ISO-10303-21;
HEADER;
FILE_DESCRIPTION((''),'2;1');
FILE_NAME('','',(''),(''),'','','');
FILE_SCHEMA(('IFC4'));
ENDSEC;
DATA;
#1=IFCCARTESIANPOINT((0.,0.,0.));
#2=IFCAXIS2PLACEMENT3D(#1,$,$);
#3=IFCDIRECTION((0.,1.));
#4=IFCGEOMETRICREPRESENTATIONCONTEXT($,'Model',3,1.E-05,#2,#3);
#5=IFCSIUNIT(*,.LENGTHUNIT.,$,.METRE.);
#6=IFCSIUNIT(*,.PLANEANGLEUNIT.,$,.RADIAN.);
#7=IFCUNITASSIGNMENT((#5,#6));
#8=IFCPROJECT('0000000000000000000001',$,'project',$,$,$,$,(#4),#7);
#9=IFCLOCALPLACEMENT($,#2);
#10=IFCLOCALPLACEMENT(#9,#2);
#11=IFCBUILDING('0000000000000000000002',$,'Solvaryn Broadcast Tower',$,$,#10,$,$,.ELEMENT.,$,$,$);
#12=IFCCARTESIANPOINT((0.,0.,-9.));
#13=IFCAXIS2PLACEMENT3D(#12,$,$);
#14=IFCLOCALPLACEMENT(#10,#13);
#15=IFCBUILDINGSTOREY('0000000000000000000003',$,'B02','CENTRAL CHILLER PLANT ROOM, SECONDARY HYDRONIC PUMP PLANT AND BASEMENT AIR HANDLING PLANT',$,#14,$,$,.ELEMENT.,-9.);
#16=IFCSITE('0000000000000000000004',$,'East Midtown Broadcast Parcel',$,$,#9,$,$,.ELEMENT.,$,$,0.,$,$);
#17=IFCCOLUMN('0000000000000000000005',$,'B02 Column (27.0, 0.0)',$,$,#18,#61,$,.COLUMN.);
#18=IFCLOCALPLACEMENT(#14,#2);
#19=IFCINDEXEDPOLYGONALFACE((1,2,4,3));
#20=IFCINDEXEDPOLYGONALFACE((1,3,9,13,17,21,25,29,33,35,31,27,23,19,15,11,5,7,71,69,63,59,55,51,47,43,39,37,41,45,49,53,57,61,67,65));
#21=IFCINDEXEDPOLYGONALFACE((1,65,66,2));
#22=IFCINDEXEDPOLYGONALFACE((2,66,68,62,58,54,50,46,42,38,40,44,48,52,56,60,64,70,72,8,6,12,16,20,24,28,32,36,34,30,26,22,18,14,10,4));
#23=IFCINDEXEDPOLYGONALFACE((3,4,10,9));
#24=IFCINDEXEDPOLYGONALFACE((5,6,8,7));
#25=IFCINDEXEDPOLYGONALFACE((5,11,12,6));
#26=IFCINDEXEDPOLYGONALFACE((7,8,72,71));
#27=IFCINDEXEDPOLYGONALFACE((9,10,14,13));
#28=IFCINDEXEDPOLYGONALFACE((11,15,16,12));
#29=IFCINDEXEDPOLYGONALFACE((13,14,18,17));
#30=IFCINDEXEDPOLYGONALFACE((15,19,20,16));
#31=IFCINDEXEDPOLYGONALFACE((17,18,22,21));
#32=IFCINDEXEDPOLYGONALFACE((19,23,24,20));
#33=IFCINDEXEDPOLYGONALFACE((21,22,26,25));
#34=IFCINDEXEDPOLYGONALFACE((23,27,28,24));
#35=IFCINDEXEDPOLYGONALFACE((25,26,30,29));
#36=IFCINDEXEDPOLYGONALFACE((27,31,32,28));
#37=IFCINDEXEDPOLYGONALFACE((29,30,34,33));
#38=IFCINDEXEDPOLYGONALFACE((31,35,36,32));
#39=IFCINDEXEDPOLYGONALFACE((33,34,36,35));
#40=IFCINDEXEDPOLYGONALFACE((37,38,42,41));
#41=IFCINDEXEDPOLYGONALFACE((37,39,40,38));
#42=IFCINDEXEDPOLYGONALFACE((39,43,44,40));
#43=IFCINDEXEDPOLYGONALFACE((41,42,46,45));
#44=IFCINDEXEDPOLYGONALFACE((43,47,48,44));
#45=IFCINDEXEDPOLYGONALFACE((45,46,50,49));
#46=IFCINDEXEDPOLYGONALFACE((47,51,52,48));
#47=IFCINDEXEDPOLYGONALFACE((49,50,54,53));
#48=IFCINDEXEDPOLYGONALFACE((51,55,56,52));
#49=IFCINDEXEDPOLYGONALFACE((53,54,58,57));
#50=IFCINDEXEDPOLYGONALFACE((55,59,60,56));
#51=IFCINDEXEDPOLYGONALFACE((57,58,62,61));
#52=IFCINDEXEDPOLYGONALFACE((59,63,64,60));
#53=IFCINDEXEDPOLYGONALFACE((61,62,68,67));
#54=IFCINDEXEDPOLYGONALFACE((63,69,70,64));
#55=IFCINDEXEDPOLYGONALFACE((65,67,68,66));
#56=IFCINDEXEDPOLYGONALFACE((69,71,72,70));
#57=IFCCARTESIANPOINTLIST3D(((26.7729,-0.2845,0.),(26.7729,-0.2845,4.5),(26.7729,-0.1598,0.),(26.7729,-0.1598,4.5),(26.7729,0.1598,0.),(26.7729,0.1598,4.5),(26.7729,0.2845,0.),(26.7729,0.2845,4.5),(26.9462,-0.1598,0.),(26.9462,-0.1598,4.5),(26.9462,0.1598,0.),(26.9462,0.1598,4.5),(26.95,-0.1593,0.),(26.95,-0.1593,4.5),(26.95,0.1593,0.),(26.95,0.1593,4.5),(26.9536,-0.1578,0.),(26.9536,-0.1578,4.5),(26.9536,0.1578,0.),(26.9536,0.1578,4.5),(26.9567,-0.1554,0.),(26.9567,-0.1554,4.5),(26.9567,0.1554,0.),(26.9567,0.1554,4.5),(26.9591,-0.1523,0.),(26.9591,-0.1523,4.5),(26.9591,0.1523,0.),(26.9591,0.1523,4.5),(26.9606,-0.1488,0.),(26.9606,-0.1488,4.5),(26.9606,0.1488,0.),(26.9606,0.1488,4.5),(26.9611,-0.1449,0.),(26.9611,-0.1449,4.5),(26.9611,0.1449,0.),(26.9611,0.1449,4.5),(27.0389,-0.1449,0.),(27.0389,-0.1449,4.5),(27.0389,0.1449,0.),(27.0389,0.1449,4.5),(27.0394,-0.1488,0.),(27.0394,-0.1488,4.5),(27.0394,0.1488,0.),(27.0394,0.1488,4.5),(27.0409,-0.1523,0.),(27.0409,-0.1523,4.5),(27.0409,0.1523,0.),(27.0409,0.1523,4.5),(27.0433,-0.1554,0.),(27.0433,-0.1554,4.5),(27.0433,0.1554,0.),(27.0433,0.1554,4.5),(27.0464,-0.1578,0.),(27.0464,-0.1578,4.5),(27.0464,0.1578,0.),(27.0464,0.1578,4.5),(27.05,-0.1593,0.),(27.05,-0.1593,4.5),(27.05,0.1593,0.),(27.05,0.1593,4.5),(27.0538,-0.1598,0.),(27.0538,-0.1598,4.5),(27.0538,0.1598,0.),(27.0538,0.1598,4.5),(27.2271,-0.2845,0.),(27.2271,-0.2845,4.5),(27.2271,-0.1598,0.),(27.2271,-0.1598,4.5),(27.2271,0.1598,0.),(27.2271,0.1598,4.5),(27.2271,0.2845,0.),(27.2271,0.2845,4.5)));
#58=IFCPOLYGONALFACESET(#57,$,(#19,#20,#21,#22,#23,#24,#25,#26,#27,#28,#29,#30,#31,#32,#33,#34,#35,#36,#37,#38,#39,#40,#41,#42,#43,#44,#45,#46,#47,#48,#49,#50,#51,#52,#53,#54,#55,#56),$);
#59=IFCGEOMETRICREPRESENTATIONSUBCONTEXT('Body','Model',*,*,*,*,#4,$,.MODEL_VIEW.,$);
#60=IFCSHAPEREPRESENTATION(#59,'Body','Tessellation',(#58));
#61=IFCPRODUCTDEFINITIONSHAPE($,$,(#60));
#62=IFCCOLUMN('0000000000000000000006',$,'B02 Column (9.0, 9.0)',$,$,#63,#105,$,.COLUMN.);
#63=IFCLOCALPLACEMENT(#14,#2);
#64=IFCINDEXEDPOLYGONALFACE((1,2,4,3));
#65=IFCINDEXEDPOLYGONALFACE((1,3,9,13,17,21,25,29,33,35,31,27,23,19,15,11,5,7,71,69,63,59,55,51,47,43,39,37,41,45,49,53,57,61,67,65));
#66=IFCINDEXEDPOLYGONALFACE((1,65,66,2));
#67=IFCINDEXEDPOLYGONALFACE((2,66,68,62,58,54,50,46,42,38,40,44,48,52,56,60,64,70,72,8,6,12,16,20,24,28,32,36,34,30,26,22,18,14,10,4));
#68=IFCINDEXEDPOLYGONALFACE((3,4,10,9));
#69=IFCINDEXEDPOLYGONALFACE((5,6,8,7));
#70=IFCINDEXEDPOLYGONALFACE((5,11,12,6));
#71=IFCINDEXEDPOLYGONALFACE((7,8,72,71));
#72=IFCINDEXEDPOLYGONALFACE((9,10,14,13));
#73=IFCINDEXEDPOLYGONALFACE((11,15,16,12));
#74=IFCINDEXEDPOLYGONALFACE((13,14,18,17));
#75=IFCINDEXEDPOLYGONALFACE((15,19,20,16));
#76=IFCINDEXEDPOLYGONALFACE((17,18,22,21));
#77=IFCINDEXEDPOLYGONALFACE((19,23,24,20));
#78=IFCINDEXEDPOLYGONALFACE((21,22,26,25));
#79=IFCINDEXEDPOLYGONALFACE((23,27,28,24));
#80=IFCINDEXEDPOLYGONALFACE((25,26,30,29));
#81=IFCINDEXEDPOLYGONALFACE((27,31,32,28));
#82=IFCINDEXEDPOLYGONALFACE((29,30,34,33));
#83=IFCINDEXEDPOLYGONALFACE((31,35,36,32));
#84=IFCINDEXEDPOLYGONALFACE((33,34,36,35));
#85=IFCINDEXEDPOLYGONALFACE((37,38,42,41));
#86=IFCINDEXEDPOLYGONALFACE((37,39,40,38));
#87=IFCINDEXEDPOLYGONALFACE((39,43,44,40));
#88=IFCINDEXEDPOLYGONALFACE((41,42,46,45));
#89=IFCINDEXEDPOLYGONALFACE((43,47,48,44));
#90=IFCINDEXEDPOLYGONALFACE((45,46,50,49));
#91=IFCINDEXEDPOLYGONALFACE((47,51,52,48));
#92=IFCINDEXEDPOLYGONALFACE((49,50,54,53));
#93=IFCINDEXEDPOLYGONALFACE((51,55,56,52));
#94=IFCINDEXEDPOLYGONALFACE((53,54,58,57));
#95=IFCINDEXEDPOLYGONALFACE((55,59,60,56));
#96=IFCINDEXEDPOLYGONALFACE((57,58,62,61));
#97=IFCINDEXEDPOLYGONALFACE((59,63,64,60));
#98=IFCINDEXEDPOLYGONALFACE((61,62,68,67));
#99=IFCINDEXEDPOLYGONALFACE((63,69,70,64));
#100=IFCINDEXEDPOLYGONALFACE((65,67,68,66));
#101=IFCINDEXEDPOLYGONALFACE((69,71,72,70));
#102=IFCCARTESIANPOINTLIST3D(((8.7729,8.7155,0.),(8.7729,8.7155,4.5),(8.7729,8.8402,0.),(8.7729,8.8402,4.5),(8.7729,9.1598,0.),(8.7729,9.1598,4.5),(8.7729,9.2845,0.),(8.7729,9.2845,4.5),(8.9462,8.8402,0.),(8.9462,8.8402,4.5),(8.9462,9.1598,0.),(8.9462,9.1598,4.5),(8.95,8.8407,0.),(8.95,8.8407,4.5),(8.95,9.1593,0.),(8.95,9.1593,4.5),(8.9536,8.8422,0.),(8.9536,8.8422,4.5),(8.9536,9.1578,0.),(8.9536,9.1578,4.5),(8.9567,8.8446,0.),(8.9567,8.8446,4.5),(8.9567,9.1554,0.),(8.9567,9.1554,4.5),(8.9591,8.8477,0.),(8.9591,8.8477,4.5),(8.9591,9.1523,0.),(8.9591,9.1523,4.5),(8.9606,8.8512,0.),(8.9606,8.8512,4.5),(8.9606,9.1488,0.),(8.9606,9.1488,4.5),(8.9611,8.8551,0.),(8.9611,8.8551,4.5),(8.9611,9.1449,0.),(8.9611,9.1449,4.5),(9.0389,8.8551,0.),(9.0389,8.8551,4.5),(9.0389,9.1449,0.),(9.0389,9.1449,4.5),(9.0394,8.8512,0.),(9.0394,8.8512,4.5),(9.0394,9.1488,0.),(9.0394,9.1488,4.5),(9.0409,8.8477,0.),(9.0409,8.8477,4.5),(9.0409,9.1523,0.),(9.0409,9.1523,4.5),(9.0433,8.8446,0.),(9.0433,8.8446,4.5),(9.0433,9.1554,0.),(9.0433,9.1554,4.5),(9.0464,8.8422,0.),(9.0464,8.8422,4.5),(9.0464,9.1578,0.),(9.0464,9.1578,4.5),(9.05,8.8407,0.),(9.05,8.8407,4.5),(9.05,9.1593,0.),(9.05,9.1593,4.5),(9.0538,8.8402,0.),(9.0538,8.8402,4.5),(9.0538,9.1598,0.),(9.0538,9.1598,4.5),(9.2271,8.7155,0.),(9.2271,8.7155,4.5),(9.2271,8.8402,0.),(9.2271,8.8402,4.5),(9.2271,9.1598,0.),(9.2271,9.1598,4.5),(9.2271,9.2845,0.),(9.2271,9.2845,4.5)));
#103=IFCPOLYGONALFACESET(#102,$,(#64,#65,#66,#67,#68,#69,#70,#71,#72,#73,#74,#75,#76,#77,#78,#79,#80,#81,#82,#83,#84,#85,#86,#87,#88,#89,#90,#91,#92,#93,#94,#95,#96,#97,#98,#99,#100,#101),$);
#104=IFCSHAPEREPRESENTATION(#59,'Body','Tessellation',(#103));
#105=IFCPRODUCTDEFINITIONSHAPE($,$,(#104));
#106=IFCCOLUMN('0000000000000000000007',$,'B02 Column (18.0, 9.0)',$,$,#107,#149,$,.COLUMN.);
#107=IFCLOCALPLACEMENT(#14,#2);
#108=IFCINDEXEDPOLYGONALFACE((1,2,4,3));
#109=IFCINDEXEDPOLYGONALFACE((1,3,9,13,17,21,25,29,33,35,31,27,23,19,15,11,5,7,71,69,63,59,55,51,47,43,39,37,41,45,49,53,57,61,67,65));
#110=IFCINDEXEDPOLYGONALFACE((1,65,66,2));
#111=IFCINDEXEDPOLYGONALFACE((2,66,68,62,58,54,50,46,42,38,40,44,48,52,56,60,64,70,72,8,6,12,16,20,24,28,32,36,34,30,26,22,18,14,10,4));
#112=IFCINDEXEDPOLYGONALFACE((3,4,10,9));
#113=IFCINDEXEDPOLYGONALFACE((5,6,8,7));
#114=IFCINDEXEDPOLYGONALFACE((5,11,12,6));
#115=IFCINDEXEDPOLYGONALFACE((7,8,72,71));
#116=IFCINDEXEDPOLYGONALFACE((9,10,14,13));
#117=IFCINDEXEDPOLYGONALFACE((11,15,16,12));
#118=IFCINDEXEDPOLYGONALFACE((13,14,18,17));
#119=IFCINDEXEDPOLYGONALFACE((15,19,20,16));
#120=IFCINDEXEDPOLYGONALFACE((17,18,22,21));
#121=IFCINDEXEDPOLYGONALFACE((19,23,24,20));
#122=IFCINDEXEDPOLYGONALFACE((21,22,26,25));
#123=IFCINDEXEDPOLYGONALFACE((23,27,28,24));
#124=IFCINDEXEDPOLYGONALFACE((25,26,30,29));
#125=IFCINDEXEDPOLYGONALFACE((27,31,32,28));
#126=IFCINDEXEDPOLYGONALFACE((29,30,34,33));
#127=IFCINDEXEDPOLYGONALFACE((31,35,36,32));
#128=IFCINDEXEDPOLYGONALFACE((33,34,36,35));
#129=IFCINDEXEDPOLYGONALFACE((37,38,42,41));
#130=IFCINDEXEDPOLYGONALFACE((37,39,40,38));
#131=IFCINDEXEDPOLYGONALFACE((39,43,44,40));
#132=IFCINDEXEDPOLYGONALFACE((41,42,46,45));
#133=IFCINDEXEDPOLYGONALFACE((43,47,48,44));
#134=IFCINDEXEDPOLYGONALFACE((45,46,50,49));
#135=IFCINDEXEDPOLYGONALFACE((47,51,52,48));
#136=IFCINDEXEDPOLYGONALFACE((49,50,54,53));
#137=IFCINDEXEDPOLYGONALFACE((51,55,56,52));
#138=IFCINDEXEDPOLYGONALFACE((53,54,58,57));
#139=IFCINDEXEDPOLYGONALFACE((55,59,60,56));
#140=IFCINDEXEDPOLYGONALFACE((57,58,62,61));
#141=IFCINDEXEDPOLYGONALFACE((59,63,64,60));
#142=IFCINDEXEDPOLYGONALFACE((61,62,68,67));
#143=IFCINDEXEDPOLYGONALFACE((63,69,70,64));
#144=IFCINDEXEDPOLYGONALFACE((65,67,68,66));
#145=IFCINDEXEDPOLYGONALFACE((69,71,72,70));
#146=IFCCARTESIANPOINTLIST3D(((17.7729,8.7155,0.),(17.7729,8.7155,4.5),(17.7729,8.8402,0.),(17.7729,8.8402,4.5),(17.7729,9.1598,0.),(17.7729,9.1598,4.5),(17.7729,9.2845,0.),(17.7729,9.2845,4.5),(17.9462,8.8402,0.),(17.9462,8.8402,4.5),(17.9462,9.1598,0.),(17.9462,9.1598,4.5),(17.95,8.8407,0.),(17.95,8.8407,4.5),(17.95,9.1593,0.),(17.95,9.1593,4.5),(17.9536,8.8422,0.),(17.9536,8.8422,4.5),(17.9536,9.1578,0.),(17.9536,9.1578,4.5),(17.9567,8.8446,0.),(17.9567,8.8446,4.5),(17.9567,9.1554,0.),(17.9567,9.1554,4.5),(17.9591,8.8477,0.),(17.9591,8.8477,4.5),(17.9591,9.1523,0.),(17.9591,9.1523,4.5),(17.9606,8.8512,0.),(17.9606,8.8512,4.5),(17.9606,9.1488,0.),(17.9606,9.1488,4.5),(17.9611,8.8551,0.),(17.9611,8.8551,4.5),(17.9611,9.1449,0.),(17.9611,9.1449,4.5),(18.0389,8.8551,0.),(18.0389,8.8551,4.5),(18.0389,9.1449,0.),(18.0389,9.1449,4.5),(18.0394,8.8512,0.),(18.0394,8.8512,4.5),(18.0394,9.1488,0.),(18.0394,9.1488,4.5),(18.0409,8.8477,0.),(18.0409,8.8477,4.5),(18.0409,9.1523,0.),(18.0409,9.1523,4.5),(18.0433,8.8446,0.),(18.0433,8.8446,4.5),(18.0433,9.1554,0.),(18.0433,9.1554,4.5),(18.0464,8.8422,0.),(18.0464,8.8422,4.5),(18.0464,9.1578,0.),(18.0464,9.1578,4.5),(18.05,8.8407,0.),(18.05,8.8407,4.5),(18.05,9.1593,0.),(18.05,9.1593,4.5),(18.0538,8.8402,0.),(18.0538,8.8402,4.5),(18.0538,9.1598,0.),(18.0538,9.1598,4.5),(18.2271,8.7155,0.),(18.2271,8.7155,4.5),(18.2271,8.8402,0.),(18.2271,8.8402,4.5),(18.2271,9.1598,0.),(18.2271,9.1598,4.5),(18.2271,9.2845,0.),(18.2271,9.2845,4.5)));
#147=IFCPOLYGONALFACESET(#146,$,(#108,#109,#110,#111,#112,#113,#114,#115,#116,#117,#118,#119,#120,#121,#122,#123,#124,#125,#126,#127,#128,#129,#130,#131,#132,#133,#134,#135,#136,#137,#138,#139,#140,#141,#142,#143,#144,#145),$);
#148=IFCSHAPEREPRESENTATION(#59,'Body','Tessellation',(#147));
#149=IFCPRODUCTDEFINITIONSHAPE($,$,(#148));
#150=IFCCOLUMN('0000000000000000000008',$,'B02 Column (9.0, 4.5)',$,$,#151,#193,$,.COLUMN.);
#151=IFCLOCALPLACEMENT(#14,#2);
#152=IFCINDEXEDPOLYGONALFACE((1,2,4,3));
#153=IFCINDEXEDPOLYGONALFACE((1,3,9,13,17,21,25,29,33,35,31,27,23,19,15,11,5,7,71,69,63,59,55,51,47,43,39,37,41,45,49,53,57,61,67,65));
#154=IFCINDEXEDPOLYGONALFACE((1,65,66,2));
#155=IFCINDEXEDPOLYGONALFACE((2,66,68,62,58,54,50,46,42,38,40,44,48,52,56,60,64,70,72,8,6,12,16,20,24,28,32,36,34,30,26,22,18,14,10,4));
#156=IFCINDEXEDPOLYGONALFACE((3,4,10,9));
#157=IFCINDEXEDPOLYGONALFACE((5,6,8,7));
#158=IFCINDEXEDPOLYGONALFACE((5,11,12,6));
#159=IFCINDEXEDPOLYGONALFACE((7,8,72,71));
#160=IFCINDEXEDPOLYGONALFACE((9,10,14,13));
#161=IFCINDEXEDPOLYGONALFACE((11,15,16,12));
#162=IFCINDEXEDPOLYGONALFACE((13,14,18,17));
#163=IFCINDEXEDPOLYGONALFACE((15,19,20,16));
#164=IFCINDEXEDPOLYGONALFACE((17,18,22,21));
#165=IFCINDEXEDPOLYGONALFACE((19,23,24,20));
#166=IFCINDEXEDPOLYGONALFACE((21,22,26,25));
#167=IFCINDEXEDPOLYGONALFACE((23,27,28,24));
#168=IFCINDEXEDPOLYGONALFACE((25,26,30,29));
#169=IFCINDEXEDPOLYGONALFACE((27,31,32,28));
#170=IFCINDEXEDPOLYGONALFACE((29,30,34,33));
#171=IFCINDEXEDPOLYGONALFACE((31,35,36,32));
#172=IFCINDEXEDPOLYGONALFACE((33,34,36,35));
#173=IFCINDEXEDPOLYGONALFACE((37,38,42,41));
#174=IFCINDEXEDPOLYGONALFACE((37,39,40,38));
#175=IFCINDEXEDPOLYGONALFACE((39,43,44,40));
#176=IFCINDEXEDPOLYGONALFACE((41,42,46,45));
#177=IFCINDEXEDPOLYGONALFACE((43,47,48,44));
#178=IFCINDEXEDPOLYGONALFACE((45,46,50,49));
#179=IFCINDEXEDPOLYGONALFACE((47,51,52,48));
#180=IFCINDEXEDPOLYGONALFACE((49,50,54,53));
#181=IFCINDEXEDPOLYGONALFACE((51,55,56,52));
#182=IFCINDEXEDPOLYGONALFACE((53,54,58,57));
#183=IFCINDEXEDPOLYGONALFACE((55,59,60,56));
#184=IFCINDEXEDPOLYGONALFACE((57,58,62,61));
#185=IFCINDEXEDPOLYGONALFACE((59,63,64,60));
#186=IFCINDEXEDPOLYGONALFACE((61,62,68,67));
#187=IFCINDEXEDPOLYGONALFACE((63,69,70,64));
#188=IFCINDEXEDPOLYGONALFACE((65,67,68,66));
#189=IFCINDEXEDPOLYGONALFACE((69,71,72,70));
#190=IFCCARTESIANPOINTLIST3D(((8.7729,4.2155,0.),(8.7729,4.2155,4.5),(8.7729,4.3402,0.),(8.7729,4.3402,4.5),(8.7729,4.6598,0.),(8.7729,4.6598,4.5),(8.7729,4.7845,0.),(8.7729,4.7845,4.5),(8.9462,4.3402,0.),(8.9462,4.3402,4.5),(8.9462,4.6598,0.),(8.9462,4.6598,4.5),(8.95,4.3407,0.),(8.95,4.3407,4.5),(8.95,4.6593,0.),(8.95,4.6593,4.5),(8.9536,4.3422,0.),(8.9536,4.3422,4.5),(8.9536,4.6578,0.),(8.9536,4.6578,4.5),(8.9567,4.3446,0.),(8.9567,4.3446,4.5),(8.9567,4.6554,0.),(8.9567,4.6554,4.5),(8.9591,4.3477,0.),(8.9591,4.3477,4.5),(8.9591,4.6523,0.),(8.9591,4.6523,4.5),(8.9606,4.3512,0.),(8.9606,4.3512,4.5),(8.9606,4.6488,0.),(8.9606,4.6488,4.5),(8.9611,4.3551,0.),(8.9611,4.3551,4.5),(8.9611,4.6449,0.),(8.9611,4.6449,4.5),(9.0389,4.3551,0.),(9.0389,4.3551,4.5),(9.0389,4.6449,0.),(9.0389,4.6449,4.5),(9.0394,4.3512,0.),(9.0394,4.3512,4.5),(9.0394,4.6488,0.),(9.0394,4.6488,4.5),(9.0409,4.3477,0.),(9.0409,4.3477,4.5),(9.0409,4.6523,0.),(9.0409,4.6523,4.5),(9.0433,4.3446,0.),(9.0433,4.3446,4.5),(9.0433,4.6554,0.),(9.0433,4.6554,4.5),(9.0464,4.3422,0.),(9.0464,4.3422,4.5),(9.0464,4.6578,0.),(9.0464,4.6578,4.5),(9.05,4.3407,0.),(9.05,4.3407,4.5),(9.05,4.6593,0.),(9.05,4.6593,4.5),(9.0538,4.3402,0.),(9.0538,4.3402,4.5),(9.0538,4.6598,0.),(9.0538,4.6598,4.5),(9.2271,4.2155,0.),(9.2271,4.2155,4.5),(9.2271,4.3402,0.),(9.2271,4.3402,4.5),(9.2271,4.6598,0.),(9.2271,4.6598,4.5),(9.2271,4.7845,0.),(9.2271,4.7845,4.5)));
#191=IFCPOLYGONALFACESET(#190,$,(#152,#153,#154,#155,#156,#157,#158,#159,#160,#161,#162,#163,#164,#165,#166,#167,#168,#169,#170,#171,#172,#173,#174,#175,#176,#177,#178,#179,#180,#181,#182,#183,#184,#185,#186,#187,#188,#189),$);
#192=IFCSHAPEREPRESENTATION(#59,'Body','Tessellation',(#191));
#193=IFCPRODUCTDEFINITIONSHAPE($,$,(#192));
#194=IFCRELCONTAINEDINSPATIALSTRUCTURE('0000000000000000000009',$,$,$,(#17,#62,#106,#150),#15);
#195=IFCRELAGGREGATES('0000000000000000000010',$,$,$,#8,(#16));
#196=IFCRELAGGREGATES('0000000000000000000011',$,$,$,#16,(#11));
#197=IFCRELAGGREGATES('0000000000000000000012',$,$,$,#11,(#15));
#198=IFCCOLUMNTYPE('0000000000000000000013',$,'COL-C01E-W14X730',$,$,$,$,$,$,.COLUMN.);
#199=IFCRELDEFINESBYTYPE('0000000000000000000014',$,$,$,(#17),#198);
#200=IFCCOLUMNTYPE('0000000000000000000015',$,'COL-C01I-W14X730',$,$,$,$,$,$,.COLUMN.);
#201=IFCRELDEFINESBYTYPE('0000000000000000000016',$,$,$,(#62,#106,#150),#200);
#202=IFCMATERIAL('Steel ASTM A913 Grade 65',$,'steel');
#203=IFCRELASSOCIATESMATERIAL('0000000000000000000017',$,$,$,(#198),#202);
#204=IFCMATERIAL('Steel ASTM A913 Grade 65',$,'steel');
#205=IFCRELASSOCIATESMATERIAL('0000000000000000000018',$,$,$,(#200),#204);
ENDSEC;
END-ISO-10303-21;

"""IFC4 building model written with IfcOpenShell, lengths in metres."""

from ifc_helpers import new_model, si_unit, direction, frame, origin, origin_2d, place, context, subcontext, project, spatial, i_section, extrude, material, material_profile, profile_set, type_object, element, save


model = new_model("IFC4")

# Units and contexts
model_context = context("Model", 3, precision=1e-05, world=origin(), true_north=direction((0.0, 1.0)))
body_context = subcontext(model_context, "Body", "Model", "MODEL_VIEW")
ifc_project = project(units=[si_unit("LENGTHUNIT", "METRE"), si_unit("PLANEANGLEUNIT", "RADIAN")], contexts=[model_context])

# Site, building, storey
site_placement = place(None, origin())
site = spatial("IfcSite", under=ifc_project, at=site_placement, Name="East Midtown Broadcast Parcel", CompositionType="ELEMENT", RefElevation=0.0)
building_placement = place(site_placement, origin())
building = spatial("IfcBuilding", under=site, at=building_placement, Name="Solvaryn Broadcast Tower", CompositionType="ELEMENT")
storey_placement = place(building_placement, frame((0.0, 0.0, -9.0)))
storey = spatial("IfcBuildingStorey", under=building, at=storey_placement, Name="B02", Description="CENTRAL CHILLER PLANT ROOM, SECONDARY HYDRONIC PUMP PLANT AND BASEMENT AIR HANDLING PLANT", CompositionType="ELEMENT", Elevation=-9.0)

# Columns
ifc_material_1 = material(Name="Steel ASTM A913 Grade 65", Category="steel")
ifc_material_profile_1 = material_profile(ifc_material_1, i_section(OverallWidth=0.4541, OverallDepth=0.5691, WebThickness=0.0779, FlangeThickness=0.1248, FilletRadius=0.0149, at=origin_2d()))
ifc_profile_set_1 = profile_set([ifc_material_profile_1], Name="Steel ASTM A913 Grade 65")
column_type_1 = type_object("IfcColumnType", Name="COL-C01E-W14X730", PredefinedType="COLUMN", material=ifc_profile_set_1)
for number, where, z_axis, x_axis, name in (
    (1, (27.0, 0.0, 0.0), (0.0, 0.0, 1.0), (1.0, 0.0, 0.0), "B02 Column (27.0, 0.0)"),
):
    element("IfcColumn", number, at=place(storey_placement, frame(where, z_axis=z_axis, x_axis=x_axis)), inside=storey, type_object=column_type_1, Name=name, PredefinedType="COLUMN", context=body_context, shape_type="SweptSolid", body=[
        extrude(i_section(OverallWidth=0.4541, OverallDepth=0.5691, WebThickness=0.0779, FlangeThickness=0.1248, FilletRadius=0.0149, at=origin_2d()), origin(), (0.0, 0.0, 1.0), 4.5),
    ])
ifc_material_2 = material(Name="Steel ASTM A913 Grade 65", Category="steel")
ifc_material_profile_2 = material_profile(ifc_material_2, i_section(OverallWidth=0.4541, OverallDepth=0.5691, WebThickness=0.0779, FlangeThickness=0.1248, FilletRadius=0.0149, at=origin_2d()))
ifc_profile_set_2 = profile_set([ifc_material_profile_2], Name="Steel ASTM A913 Grade 65")
column_type_2 = type_object("IfcColumnType", Name="COL-C01I-W14X730", PredefinedType="COLUMN", material=ifc_profile_set_2)
for number, where, z_axis, x_axis, name in (
    (2, (9.0, 9.0, 0.0), (0.0, 0.0, 1.0), (1.0, 0.0, 0.0), "B02 Column (9.0, 9.0)"),
    (3, (18.0, 9.0, 0.0), (0.0, 0.0, 1.0), (1.0, 0.0, 0.0), "B02 Column (18.0, 9.0)"),
    (4, (9.0, 4.5, 0.0), (0.0, 0.0, 1.0), (1.0, 0.0, 0.0), "B02 Column (9.0, 4.5)"),
):
    element("IfcColumn", number, at=place(storey_placement, frame(where, z_axis=z_axis, x_axis=x_axis)), inside=storey, type_object=column_type_2, Name=name, PredefinedType="COLUMN", context=body_context, shape_type="SweptSolid", body=[
        extrude(i_section(OverallWidth=0.4541, OverallDepth=0.5691, WebThickness=0.0779, FlangeThickness=0.1248, FilletRadius=0.0149, at=origin_2d()), origin(), (0.0, 0.0, 1.0), 4.5),
    ])

save(model, "model.ifc")
